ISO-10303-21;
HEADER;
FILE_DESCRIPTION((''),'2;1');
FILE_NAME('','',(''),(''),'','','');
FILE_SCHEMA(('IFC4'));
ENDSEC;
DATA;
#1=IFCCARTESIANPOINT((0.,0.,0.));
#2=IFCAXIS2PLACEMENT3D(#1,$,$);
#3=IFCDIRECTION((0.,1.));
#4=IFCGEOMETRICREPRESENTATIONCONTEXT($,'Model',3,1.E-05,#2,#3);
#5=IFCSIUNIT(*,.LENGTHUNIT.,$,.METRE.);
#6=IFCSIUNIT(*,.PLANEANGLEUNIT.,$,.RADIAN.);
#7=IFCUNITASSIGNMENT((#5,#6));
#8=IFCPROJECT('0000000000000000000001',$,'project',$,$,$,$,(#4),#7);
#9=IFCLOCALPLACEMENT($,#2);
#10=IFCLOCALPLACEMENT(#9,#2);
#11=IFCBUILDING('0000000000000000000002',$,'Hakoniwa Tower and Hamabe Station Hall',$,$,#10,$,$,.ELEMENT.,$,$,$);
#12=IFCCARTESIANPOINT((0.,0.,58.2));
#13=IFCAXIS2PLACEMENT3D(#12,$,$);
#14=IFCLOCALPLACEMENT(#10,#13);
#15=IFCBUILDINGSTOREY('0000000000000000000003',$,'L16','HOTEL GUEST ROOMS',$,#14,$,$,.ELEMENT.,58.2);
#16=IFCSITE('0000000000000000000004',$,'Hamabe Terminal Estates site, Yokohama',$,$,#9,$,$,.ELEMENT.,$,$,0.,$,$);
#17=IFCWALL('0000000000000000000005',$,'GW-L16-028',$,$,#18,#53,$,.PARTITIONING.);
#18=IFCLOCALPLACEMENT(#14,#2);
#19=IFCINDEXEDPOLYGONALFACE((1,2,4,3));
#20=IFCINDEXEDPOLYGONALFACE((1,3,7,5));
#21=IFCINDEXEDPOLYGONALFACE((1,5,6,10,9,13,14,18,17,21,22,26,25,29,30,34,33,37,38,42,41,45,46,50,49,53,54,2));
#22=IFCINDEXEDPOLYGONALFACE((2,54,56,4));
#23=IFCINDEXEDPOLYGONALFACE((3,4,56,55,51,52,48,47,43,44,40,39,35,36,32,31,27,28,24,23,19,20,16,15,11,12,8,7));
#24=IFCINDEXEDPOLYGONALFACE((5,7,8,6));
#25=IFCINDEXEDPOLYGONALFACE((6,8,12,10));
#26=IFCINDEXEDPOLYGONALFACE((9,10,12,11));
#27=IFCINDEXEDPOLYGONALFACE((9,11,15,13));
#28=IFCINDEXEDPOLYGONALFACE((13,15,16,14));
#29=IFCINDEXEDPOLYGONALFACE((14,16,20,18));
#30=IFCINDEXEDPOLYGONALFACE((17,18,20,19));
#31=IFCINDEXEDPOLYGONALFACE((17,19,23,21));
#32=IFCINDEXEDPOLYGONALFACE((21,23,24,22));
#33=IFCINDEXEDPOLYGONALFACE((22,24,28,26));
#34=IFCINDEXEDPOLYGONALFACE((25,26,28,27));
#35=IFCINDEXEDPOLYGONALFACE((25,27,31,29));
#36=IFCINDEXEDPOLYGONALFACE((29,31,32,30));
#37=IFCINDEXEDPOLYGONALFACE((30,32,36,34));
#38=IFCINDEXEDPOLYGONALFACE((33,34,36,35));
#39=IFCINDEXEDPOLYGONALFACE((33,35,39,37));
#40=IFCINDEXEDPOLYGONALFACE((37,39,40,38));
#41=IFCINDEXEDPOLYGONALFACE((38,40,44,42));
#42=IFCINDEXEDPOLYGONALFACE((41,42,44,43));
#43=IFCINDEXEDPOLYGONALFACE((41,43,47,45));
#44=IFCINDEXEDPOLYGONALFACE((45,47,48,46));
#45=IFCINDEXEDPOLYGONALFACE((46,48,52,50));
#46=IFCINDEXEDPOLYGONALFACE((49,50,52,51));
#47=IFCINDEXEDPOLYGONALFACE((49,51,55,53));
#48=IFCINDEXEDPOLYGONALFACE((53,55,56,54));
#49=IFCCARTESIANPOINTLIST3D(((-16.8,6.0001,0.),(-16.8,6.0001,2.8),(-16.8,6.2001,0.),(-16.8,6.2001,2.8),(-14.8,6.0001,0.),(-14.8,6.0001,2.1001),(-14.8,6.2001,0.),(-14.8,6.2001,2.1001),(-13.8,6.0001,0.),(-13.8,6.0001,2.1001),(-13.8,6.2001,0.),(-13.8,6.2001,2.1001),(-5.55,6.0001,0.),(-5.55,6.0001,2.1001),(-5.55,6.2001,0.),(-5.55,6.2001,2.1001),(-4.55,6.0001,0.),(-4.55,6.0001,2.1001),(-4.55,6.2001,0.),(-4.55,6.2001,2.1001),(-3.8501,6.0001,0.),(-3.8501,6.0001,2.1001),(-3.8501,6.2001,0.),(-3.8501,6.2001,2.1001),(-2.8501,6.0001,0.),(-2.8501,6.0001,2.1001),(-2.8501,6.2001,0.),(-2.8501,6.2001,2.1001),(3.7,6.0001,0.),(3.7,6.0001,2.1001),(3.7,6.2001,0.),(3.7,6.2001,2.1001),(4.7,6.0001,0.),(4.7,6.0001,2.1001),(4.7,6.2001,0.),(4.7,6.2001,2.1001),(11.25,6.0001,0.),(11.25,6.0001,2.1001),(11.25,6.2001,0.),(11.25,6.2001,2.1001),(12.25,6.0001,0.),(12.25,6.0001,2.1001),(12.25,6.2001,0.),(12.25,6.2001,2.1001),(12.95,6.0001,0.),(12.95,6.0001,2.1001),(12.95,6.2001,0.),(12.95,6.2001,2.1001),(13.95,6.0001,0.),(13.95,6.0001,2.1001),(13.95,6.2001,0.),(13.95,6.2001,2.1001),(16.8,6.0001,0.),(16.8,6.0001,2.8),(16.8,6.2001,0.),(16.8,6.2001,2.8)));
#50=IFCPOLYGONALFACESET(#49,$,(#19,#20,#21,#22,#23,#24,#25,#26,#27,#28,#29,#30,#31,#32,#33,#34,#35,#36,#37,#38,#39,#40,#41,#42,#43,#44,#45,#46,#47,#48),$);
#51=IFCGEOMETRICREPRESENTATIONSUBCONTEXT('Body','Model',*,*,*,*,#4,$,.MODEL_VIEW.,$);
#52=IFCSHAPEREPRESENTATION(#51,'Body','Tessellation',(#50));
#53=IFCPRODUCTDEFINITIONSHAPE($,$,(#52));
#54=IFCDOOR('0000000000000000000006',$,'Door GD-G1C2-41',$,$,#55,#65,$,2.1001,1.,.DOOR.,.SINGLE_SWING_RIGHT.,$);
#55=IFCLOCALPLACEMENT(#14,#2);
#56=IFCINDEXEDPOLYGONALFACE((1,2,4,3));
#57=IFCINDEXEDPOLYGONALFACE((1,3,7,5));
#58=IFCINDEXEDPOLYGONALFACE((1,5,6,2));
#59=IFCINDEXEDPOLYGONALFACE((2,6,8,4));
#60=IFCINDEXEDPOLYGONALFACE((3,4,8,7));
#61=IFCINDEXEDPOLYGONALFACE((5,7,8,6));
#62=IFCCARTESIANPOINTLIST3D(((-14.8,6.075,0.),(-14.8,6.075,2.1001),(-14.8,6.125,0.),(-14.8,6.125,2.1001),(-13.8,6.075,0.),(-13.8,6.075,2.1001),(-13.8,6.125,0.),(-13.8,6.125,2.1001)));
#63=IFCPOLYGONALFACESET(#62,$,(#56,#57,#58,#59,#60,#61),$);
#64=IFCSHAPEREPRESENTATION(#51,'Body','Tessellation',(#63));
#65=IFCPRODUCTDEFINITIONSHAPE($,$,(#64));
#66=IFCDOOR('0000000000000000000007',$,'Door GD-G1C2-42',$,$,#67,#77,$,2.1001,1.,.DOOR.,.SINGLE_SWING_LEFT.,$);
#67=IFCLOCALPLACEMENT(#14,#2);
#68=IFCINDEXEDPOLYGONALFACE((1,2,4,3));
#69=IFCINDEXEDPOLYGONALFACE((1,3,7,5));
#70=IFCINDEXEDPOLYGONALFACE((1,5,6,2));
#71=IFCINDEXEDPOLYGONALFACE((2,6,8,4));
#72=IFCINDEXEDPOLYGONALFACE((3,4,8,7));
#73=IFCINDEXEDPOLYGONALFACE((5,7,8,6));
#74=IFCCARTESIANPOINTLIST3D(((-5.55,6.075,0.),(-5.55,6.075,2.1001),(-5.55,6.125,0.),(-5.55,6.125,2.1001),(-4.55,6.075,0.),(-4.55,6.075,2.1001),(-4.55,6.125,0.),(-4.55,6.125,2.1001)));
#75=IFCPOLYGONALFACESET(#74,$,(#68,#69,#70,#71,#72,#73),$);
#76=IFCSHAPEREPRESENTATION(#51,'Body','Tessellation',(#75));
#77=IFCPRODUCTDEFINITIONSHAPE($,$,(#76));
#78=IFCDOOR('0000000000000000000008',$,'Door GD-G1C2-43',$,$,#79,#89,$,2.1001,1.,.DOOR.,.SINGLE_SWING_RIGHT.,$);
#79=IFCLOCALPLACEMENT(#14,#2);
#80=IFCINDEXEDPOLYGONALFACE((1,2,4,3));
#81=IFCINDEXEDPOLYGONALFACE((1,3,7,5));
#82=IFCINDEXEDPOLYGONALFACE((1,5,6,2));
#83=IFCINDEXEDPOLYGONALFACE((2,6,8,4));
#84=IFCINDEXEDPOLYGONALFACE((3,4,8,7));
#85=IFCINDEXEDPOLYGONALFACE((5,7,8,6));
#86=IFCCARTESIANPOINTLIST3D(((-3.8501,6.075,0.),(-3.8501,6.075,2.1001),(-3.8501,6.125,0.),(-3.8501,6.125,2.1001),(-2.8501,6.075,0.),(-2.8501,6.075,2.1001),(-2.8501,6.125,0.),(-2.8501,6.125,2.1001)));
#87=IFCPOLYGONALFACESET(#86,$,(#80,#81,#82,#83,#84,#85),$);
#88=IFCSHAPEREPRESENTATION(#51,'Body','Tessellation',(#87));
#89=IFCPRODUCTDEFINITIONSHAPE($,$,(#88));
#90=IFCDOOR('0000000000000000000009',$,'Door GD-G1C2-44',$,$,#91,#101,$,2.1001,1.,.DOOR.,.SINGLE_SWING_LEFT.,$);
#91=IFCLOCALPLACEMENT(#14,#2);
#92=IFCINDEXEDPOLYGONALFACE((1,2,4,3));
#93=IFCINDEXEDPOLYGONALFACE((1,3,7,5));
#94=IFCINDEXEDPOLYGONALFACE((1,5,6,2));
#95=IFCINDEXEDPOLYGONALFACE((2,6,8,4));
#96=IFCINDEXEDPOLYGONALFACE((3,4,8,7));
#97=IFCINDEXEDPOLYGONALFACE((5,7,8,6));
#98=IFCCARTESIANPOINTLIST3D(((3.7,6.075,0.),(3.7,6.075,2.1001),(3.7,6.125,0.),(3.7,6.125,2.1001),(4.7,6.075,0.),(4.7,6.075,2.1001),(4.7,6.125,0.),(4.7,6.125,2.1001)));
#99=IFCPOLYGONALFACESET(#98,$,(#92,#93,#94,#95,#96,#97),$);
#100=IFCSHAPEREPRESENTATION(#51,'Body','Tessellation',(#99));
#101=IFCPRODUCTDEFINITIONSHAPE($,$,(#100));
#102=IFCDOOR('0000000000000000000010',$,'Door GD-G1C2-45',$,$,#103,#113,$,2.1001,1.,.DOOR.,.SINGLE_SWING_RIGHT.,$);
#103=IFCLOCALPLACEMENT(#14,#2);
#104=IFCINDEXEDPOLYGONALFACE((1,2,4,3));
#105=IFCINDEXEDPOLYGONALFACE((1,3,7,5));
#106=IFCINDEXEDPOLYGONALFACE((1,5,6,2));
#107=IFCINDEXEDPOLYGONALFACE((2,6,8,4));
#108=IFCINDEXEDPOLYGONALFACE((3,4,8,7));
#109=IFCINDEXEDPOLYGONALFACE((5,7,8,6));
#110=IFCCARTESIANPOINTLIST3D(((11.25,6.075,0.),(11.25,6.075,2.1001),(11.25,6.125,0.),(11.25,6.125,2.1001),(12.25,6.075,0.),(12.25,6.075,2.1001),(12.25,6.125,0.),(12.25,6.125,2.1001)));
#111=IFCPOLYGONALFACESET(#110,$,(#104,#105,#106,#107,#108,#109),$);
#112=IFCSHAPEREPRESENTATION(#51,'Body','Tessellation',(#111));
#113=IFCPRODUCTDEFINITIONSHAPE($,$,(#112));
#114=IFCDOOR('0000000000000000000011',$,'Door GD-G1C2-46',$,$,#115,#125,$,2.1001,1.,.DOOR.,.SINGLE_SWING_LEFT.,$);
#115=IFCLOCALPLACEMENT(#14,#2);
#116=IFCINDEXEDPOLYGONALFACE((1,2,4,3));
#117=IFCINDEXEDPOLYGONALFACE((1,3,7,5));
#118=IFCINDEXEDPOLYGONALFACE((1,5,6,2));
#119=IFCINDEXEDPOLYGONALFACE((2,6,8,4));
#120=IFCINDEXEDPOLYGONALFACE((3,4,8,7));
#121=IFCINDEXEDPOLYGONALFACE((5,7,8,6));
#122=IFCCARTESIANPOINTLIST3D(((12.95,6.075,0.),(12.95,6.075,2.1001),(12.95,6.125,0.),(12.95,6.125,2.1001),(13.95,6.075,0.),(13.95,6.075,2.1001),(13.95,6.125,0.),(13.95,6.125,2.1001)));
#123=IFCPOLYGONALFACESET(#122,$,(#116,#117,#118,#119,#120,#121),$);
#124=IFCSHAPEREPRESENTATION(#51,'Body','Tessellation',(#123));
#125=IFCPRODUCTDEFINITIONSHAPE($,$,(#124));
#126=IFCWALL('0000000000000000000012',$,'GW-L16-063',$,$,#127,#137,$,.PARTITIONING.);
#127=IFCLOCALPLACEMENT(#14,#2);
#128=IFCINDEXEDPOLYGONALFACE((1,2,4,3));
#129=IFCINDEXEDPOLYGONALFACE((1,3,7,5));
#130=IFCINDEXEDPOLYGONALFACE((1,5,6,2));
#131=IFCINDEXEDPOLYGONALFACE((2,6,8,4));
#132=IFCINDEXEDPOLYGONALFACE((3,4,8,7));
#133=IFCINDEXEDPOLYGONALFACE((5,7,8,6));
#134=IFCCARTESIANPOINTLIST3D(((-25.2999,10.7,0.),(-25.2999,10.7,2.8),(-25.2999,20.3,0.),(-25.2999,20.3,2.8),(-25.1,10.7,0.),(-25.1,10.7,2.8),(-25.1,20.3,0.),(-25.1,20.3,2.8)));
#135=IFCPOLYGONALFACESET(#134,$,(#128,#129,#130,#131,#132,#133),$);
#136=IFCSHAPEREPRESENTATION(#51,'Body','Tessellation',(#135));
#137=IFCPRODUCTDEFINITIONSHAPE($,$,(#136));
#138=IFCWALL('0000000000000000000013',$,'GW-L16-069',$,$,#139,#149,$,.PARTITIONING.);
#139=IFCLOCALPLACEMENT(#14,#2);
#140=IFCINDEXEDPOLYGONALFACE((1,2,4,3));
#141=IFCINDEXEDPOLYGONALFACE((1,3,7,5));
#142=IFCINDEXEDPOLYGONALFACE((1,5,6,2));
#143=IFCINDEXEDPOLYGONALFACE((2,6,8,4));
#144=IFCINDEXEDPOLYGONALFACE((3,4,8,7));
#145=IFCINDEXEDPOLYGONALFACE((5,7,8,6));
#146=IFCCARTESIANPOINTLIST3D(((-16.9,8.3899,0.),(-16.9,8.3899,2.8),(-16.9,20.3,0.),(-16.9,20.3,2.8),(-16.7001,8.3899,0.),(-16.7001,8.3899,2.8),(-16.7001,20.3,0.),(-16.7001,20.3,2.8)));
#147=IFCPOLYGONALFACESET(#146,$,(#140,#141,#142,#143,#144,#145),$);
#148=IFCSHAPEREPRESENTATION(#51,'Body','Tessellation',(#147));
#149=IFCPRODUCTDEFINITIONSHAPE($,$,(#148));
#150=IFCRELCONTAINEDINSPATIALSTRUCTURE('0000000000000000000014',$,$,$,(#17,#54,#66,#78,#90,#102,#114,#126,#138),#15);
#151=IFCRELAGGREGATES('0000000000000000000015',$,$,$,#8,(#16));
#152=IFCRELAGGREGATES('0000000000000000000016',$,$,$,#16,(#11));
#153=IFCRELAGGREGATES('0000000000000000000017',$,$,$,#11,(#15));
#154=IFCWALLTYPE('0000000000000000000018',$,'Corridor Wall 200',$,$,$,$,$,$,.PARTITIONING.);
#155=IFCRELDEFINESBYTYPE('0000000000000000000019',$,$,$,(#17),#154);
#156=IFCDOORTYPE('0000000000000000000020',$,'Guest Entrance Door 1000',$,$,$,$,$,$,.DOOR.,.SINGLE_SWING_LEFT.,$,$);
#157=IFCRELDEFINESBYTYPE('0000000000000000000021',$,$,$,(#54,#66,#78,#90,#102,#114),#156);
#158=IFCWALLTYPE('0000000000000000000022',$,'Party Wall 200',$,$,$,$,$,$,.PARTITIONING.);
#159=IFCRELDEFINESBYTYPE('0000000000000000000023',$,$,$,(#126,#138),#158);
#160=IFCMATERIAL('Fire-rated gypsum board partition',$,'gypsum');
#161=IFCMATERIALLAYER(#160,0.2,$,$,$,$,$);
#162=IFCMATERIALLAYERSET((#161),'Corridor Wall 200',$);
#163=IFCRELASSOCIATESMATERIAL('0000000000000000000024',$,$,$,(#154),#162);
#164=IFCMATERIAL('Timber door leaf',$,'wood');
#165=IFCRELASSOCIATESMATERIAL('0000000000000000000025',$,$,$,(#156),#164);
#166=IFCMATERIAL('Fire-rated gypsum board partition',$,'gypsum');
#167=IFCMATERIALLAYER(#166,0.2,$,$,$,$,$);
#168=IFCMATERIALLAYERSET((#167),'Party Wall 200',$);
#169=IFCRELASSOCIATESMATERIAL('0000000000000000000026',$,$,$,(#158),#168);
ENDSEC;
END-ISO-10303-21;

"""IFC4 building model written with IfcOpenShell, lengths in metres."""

from ifc_helpers import new_model, si_unit, direction, frame, frame_2d, origin, place, context, subcontext, project, spatial, rectangle, extrude, material, layer, layer_set, type_object, element, fill, save


model = new_model("IFC4")

# Units and contexts
model_context = context("Model", 3, precision=1e-05, world=origin(), true_north=direction((0.0, 1.0)))
body_context = subcontext(model_context, "Body", "Model", "MODEL_VIEW")
ifc_project = project(units=[si_unit("LENGTHUNIT", "METRE"), si_unit("PLANEANGLEUNIT", "RADIAN")], contexts=[model_context])

# Site, building, storey
site_placement = place(None, origin())
site = spatial("IfcSite", under=ifc_project, at=site_placement, Name="Hamabe Terminal Estates site, Yokohama", CompositionType="ELEMENT", RefElevation=0.0)
building_placement = place(site_placement, origin())
building = spatial("IfcBuilding", under=site, at=building_placement, Name="Hakoniwa Tower and Hamabe Station Hall", CompositionType="ELEMENT")
storey_placement = place(building_placement, frame((0.0, 0.0, 58.2)))
storey = spatial("IfcBuildingStorey", under=building, at=storey_placement, Name="L16", Description="HOTEL GUEST ROOMS", CompositionType="ELEMENT", Elevation=58.2)

# Wall, openings, doors
ifc_material_1 = material(Name="Fire-rated gypsum board partition", Category="gypsum")
ifc_layer_1 = layer(ifc_material_1, 0.2)
ifc_layer_set_1 = layer_set([ifc_layer_1], Name="Corridor Wall 200")
wall_type_1 = type_object("IfcWallType", Name="Corridor Wall 200", PredefinedType="PARTITIONING", material=ifc_layer_set_1)
wall_1_placement = place(storey_placement, frame((-16.8, 6.1001, 0.0), z_axis=(0.0, 0.0, 1.0), x_axis=(1.0, 0.0, 0.0)))
wall_1 = element("IfcWall", 1, at=wall_1_placement, inside=storey, type_object=wall_type_1, Name="GW-L16-028", PredefinedType="PARTITIONING", context=body_context, shape_type="SweptSolid", body=[
    extrude(rectangle(XDim=33.6001, YDim=0.2, at=frame_2d((16.8, 0.0))), origin(), (0.0, 0.0, 1.0), 2.8),
])
opening_1_placement = place(wall_1_placement, frame((2.0, 0.0, 0.0)))
opening_1 = element("IfcOpeningElement", 2, at=opening_1_placement, cuts=wall_1, PredefinedType="OPENING", context=body_context, shape_type="SweptSolid", body=[
    extrude(rectangle(XDim=1.0, YDim=2.1001, at=frame_2d((0.5, 1.05))), frame((0.0, 0.1099, 0.0), z_axis=(0.0, -1.0, 0.0), x_axis=(1.0, 0.0, 0.0)), (0.0, 0.0, 1.0), 0.22),
])
opening_2_placement = place(wall_1_placement, frame((11.25, 0.0, 0.0)))
opening_2 = element("IfcOpeningElement", 3, at=opening_2_placement, cuts=wall_1, PredefinedType="OPENING", context=body_context, shape_type="SweptSolid", body=[
    extrude(rectangle(XDim=1.0, YDim=2.1001, at=frame_2d((0.5, 1.05))), frame((0.0, 0.1099, 0.0), z_axis=(0.0, -1.0, 0.0), x_axis=(1.0, 0.0, 0.0)), (0.0, 0.0, 1.0), 0.22),
])
opening_3_placement = place(wall_1_placement, frame((12.95, 0.0, 0.0)))
opening_3 = element("IfcOpeningElement", 4, at=opening_3_placement, cuts=wall_1, PredefinedType="OPENING", context=body_context, shape_type="SweptSolid", body=[
    extrude(rectangle(XDim=1.0, YDim=2.1001, at=frame_2d((0.5, 1.05))), frame((0.0, 0.1099, 0.0), z_axis=(0.0, -1.0, 0.0), x_axis=(1.0, 0.0, 0.0)), (0.0, 0.0, 1.0), 0.22),
])
opening_4_placement = place(wall_1_placement, frame((20.5, 0.0, 0.0)))
opening_4 = element("IfcOpeningElement", 5, at=opening_4_placement, cuts=wall_1, PredefinedType="OPENING", context=body_context, shape_type="SweptSolid", body=[
    extrude(rectangle(XDim=1.0, YDim=2.1001, at=frame_2d((0.5, 1.05))), frame((0.0, 0.1099, 0.0), z_axis=(0.0, -1.0, 0.0), x_axis=(1.0, 0.0, 0.0)), (0.0, 0.0, 1.0), 0.22),
])
opening_5_placement = place(wall_1_placement, frame((28.05, 0.0, 0.0)))
opening_5 = element("IfcOpeningElement", 6, at=opening_5_placement, cuts=wall_1, PredefinedType="OPENING", context=body_context, shape_type="SweptSolid", body=[
    extrude(rectangle(XDim=1.0, YDim=2.1001, at=frame_2d((0.5, 1.05))), frame((0.0, 0.1099, 0.0), z_axis=(0.0, -1.0, 0.0), x_axis=(1.0, 0.0, 0.0)), (0.0, 0.0, 1.0), 0.22),
])
opening_6_placement = place(wall_1_placement, frame((29.75, 0.0, 0.0)))
opening_6 = element("IfcOpeningElement", 7, at=opening_6_placement, cuts=wall_1, PredefinedType="OPENING", context=body_context, shape_type="SweptSolid", body=[
    extrude(rectangle(XDim=1.0, YDim=2.1001, at=frame_2d((0.5, 1.05))), frame((0.0, 0.1099, 0.0), z_axis=(0.0, -1.0, 0.0), x_axis=(1.0, 0.0, 0.0)), (0.0, 0.0, 1.0), 0.22),
])
ifc_material_2 = material(Name="Timber door leaf", Category="wood")
door_type_1 = type_object("IfcDoorType", Name="Guest Entrance Door 1000", OperationType="SINGLE_SWING_LEFT", PredefinedType="DOOR", material=ifc_material_2)
door_1_placement = place(opening_1_placement, origin())
door_1 = element("IfcDoor", 8, at=door_1_placement, inside=storey, type_object=door_type_1, Name="Door GD-G1C2-41", OperationType="SINGLE_SWING_RIGHT", OverallHeight=2.1001, OverallWidth=1.0, PredefinedType="DOOR", context=body_context, shape_type="SweptSolid", body=[
    extrude(rectangle(XDim=1.0, YDim=2.1001, at=frame_2d((0.5, 1.05))), frame((0.0, 0.0249, 0.0), z_axis=(0.0, -1.0, 0.0), x_axis=(1.0, 0.0, 0.0)), (0.0, 0.0, 1.0), 0.05),
])
fill(opening_1, door_1)
door_2_placement = place(opening_2_placement, origin())
door_2 = element("IfcDoor", 9, at=door_2_placement, inside=storey, type_object=door_type_1, Name="Door GD-G1C2-42", OperationType="SINGLE_SWING_LEFT", OverallHeight=2.1001, OverallWidth=1.0, PredefinedType="DOOR", context=body_context, shape_type="SweptSolid", body=[
    extrude(rectangle(XDim=1.0, YDim=2.1001, at=frame_2d((0.5, 1.05))), frame((0.0, 0.0249, 0.0), z_axis=(0.0, -1.0, 0.0), x_axis=(1.0, 0.0, 0.0)), (0.0, 0.0, 1.0), 0.05),
])
fill(opening_2, door_2)
door_3_placement = place(opening_3_placement, origin())
door_3 = element("IfcDoor", 10, at=door_3_placement, inside=storey, type_object=door_type_1, Name="Door GD-G1C2-43", OperationType="SINGLE_SWING_RIGHT", OverallHeight=2.1001, OverallWidth=1.0, PredefinedType="DOOR", context=body_context, shape_type="SweptSolid", body=[
    extrude(rectangle(XDim=1.0, YDim=2.1001, at=frame_2d((0.5, 1.05))), frame((0.0, 0.0249, 0.0), z_axis=(0.0, -1.0, 0.0), x_axis=(1.0, 0.0, 0.0)), (0.0, 0.0, 1.0), 0.05),
])
fill(opening_3, door_3)
door_4_placement = place(opening_4_placement, origin())
door_4 = element("IfcDoor", 11, at=door_4_placement, inside=storey, type_object=door_type_1, Name="Door GD-G1C2-44", OperationType="SINGLE_SWING_LEFT", OverallHeight=2.1001, OverallWidth=1.0, PredefinedType="DOOR", context=body_context, shape_type="SweptSolid", body=[
    extrude(rectangle(XDim=1.0, YDim=2.1001, at=frame_2d((0.5, 1.05))), frame((0.0, 0.0249, 0.0), z_axis=(0.0, -1.0, 0.0), x_axis=(1.0, 0.0, 0.0)), (0.0, 0.0, 1.0), 0.05),
])
fill(opening_4, door_4)
door_5_placement = place(opening_5_placement, origin())
door_5 = element("IfcDoor", 12, at=door_5_placement, inside=storey, type_object=door_type_1, Name="Door GD-G1C2-45", OperationType="SINGLE_SWING_RIGHT", OverallHeight=2.1001, OverallWidth=1.0, PredefinedType="DOOR", context=body_context, shape_type="SweptSolid", body=[
    extrude(rectangle(XDim=1.0, YDim=2.1001, at=frame_2d((0.5, 1.05))), frame((0.0, 0.0249, 0.0), z_axis=(0.0, -1.0, 0.0), x_axis=(1.0, 0.0, 0.0)), (0.0, 0.0, 1.0), 0.05),
])
fill(opening_5, door_5)
door_6_placement = place(opening_6_placement, origin())
door_6 = element("IfcDoor", 13, at=door_6_placement, inside=storey, type_object=door_type_1, Name="Door GD-G1C2-46", OperationType="SINGLE_SWING_LEFT", OverallHeight=2.1001, OverallWidth=1.0, PredefinedType="DOOR", context=body_context, shape_type="SweptSolid", body=[
    extrude(rectangle(XDim=1.0, YDim=2.1001, at=frame_2d((0.5, 1.05))), frame((0.0, 0.0249, 0.0), z_axis=(0.0, -1.0, 0.0), x_axis=(1.0, 0.0, 0.0)), (0.0, 0.0, 1.0), 0.05),
])
fill(opening_6, door_6)

# Walls
ifc_material_3 = material(Name="Fire-rated gypsum board partition", Category="gypsum")
ifc_layer_2 = layer(ifc_material_3, 0.2)
ifc_layer_set_2 = layer_set([ifc_layer_2], Name="Party Wall 200")
wall_type_2 = type_object("IfcWallType", Name="Party Wall 200", PredefinedType="PARTITIONING", material=ifc_layer_set_2)
wall_2_placement = place(storey_placement, frame((-25.2, 10.7, 0.0), z_axis=(0.0, 0.0, 1.0), x_axis=(0.0, 1.0, 0.0)))
element("IfcWall", 14, at=wall_2_placement, inside=storey, type_object=wall_type_2, Name="GW-L16-063", PredefinedType="PARTITIONING", context=body_context, shape_type="SweptSolid", body=[
    extrude(rectangle(XDim=9.6001, YDim=0.2, at=frame_2d((4.8, 0.0))), origin(), (0.0, 0.0, 1.0), 2.8),
])
wall_3_placement = place(storey_placement, frame((-16.8, 8.3899, 0.0), z_axis=(0.0, 0.0, 1.0), x_axis=(0.0, 1.0, 0.0)))
element("IfcWall", 15, at=wall_3_placement, inside=storey, type_object=wall_type_2, Name="GW-L16-069", PredefinedType="PARTITIONING", context=body_context, shape_type="SweptSolid", body=[
    extrude(rectangle(XDim=11.9102, YDim=0.2, at=frame_2d((5.9551, 0.0))), origin(), (0.0, 0.0, 1.0), 2.8),
])

save(model, "model.ifc")
